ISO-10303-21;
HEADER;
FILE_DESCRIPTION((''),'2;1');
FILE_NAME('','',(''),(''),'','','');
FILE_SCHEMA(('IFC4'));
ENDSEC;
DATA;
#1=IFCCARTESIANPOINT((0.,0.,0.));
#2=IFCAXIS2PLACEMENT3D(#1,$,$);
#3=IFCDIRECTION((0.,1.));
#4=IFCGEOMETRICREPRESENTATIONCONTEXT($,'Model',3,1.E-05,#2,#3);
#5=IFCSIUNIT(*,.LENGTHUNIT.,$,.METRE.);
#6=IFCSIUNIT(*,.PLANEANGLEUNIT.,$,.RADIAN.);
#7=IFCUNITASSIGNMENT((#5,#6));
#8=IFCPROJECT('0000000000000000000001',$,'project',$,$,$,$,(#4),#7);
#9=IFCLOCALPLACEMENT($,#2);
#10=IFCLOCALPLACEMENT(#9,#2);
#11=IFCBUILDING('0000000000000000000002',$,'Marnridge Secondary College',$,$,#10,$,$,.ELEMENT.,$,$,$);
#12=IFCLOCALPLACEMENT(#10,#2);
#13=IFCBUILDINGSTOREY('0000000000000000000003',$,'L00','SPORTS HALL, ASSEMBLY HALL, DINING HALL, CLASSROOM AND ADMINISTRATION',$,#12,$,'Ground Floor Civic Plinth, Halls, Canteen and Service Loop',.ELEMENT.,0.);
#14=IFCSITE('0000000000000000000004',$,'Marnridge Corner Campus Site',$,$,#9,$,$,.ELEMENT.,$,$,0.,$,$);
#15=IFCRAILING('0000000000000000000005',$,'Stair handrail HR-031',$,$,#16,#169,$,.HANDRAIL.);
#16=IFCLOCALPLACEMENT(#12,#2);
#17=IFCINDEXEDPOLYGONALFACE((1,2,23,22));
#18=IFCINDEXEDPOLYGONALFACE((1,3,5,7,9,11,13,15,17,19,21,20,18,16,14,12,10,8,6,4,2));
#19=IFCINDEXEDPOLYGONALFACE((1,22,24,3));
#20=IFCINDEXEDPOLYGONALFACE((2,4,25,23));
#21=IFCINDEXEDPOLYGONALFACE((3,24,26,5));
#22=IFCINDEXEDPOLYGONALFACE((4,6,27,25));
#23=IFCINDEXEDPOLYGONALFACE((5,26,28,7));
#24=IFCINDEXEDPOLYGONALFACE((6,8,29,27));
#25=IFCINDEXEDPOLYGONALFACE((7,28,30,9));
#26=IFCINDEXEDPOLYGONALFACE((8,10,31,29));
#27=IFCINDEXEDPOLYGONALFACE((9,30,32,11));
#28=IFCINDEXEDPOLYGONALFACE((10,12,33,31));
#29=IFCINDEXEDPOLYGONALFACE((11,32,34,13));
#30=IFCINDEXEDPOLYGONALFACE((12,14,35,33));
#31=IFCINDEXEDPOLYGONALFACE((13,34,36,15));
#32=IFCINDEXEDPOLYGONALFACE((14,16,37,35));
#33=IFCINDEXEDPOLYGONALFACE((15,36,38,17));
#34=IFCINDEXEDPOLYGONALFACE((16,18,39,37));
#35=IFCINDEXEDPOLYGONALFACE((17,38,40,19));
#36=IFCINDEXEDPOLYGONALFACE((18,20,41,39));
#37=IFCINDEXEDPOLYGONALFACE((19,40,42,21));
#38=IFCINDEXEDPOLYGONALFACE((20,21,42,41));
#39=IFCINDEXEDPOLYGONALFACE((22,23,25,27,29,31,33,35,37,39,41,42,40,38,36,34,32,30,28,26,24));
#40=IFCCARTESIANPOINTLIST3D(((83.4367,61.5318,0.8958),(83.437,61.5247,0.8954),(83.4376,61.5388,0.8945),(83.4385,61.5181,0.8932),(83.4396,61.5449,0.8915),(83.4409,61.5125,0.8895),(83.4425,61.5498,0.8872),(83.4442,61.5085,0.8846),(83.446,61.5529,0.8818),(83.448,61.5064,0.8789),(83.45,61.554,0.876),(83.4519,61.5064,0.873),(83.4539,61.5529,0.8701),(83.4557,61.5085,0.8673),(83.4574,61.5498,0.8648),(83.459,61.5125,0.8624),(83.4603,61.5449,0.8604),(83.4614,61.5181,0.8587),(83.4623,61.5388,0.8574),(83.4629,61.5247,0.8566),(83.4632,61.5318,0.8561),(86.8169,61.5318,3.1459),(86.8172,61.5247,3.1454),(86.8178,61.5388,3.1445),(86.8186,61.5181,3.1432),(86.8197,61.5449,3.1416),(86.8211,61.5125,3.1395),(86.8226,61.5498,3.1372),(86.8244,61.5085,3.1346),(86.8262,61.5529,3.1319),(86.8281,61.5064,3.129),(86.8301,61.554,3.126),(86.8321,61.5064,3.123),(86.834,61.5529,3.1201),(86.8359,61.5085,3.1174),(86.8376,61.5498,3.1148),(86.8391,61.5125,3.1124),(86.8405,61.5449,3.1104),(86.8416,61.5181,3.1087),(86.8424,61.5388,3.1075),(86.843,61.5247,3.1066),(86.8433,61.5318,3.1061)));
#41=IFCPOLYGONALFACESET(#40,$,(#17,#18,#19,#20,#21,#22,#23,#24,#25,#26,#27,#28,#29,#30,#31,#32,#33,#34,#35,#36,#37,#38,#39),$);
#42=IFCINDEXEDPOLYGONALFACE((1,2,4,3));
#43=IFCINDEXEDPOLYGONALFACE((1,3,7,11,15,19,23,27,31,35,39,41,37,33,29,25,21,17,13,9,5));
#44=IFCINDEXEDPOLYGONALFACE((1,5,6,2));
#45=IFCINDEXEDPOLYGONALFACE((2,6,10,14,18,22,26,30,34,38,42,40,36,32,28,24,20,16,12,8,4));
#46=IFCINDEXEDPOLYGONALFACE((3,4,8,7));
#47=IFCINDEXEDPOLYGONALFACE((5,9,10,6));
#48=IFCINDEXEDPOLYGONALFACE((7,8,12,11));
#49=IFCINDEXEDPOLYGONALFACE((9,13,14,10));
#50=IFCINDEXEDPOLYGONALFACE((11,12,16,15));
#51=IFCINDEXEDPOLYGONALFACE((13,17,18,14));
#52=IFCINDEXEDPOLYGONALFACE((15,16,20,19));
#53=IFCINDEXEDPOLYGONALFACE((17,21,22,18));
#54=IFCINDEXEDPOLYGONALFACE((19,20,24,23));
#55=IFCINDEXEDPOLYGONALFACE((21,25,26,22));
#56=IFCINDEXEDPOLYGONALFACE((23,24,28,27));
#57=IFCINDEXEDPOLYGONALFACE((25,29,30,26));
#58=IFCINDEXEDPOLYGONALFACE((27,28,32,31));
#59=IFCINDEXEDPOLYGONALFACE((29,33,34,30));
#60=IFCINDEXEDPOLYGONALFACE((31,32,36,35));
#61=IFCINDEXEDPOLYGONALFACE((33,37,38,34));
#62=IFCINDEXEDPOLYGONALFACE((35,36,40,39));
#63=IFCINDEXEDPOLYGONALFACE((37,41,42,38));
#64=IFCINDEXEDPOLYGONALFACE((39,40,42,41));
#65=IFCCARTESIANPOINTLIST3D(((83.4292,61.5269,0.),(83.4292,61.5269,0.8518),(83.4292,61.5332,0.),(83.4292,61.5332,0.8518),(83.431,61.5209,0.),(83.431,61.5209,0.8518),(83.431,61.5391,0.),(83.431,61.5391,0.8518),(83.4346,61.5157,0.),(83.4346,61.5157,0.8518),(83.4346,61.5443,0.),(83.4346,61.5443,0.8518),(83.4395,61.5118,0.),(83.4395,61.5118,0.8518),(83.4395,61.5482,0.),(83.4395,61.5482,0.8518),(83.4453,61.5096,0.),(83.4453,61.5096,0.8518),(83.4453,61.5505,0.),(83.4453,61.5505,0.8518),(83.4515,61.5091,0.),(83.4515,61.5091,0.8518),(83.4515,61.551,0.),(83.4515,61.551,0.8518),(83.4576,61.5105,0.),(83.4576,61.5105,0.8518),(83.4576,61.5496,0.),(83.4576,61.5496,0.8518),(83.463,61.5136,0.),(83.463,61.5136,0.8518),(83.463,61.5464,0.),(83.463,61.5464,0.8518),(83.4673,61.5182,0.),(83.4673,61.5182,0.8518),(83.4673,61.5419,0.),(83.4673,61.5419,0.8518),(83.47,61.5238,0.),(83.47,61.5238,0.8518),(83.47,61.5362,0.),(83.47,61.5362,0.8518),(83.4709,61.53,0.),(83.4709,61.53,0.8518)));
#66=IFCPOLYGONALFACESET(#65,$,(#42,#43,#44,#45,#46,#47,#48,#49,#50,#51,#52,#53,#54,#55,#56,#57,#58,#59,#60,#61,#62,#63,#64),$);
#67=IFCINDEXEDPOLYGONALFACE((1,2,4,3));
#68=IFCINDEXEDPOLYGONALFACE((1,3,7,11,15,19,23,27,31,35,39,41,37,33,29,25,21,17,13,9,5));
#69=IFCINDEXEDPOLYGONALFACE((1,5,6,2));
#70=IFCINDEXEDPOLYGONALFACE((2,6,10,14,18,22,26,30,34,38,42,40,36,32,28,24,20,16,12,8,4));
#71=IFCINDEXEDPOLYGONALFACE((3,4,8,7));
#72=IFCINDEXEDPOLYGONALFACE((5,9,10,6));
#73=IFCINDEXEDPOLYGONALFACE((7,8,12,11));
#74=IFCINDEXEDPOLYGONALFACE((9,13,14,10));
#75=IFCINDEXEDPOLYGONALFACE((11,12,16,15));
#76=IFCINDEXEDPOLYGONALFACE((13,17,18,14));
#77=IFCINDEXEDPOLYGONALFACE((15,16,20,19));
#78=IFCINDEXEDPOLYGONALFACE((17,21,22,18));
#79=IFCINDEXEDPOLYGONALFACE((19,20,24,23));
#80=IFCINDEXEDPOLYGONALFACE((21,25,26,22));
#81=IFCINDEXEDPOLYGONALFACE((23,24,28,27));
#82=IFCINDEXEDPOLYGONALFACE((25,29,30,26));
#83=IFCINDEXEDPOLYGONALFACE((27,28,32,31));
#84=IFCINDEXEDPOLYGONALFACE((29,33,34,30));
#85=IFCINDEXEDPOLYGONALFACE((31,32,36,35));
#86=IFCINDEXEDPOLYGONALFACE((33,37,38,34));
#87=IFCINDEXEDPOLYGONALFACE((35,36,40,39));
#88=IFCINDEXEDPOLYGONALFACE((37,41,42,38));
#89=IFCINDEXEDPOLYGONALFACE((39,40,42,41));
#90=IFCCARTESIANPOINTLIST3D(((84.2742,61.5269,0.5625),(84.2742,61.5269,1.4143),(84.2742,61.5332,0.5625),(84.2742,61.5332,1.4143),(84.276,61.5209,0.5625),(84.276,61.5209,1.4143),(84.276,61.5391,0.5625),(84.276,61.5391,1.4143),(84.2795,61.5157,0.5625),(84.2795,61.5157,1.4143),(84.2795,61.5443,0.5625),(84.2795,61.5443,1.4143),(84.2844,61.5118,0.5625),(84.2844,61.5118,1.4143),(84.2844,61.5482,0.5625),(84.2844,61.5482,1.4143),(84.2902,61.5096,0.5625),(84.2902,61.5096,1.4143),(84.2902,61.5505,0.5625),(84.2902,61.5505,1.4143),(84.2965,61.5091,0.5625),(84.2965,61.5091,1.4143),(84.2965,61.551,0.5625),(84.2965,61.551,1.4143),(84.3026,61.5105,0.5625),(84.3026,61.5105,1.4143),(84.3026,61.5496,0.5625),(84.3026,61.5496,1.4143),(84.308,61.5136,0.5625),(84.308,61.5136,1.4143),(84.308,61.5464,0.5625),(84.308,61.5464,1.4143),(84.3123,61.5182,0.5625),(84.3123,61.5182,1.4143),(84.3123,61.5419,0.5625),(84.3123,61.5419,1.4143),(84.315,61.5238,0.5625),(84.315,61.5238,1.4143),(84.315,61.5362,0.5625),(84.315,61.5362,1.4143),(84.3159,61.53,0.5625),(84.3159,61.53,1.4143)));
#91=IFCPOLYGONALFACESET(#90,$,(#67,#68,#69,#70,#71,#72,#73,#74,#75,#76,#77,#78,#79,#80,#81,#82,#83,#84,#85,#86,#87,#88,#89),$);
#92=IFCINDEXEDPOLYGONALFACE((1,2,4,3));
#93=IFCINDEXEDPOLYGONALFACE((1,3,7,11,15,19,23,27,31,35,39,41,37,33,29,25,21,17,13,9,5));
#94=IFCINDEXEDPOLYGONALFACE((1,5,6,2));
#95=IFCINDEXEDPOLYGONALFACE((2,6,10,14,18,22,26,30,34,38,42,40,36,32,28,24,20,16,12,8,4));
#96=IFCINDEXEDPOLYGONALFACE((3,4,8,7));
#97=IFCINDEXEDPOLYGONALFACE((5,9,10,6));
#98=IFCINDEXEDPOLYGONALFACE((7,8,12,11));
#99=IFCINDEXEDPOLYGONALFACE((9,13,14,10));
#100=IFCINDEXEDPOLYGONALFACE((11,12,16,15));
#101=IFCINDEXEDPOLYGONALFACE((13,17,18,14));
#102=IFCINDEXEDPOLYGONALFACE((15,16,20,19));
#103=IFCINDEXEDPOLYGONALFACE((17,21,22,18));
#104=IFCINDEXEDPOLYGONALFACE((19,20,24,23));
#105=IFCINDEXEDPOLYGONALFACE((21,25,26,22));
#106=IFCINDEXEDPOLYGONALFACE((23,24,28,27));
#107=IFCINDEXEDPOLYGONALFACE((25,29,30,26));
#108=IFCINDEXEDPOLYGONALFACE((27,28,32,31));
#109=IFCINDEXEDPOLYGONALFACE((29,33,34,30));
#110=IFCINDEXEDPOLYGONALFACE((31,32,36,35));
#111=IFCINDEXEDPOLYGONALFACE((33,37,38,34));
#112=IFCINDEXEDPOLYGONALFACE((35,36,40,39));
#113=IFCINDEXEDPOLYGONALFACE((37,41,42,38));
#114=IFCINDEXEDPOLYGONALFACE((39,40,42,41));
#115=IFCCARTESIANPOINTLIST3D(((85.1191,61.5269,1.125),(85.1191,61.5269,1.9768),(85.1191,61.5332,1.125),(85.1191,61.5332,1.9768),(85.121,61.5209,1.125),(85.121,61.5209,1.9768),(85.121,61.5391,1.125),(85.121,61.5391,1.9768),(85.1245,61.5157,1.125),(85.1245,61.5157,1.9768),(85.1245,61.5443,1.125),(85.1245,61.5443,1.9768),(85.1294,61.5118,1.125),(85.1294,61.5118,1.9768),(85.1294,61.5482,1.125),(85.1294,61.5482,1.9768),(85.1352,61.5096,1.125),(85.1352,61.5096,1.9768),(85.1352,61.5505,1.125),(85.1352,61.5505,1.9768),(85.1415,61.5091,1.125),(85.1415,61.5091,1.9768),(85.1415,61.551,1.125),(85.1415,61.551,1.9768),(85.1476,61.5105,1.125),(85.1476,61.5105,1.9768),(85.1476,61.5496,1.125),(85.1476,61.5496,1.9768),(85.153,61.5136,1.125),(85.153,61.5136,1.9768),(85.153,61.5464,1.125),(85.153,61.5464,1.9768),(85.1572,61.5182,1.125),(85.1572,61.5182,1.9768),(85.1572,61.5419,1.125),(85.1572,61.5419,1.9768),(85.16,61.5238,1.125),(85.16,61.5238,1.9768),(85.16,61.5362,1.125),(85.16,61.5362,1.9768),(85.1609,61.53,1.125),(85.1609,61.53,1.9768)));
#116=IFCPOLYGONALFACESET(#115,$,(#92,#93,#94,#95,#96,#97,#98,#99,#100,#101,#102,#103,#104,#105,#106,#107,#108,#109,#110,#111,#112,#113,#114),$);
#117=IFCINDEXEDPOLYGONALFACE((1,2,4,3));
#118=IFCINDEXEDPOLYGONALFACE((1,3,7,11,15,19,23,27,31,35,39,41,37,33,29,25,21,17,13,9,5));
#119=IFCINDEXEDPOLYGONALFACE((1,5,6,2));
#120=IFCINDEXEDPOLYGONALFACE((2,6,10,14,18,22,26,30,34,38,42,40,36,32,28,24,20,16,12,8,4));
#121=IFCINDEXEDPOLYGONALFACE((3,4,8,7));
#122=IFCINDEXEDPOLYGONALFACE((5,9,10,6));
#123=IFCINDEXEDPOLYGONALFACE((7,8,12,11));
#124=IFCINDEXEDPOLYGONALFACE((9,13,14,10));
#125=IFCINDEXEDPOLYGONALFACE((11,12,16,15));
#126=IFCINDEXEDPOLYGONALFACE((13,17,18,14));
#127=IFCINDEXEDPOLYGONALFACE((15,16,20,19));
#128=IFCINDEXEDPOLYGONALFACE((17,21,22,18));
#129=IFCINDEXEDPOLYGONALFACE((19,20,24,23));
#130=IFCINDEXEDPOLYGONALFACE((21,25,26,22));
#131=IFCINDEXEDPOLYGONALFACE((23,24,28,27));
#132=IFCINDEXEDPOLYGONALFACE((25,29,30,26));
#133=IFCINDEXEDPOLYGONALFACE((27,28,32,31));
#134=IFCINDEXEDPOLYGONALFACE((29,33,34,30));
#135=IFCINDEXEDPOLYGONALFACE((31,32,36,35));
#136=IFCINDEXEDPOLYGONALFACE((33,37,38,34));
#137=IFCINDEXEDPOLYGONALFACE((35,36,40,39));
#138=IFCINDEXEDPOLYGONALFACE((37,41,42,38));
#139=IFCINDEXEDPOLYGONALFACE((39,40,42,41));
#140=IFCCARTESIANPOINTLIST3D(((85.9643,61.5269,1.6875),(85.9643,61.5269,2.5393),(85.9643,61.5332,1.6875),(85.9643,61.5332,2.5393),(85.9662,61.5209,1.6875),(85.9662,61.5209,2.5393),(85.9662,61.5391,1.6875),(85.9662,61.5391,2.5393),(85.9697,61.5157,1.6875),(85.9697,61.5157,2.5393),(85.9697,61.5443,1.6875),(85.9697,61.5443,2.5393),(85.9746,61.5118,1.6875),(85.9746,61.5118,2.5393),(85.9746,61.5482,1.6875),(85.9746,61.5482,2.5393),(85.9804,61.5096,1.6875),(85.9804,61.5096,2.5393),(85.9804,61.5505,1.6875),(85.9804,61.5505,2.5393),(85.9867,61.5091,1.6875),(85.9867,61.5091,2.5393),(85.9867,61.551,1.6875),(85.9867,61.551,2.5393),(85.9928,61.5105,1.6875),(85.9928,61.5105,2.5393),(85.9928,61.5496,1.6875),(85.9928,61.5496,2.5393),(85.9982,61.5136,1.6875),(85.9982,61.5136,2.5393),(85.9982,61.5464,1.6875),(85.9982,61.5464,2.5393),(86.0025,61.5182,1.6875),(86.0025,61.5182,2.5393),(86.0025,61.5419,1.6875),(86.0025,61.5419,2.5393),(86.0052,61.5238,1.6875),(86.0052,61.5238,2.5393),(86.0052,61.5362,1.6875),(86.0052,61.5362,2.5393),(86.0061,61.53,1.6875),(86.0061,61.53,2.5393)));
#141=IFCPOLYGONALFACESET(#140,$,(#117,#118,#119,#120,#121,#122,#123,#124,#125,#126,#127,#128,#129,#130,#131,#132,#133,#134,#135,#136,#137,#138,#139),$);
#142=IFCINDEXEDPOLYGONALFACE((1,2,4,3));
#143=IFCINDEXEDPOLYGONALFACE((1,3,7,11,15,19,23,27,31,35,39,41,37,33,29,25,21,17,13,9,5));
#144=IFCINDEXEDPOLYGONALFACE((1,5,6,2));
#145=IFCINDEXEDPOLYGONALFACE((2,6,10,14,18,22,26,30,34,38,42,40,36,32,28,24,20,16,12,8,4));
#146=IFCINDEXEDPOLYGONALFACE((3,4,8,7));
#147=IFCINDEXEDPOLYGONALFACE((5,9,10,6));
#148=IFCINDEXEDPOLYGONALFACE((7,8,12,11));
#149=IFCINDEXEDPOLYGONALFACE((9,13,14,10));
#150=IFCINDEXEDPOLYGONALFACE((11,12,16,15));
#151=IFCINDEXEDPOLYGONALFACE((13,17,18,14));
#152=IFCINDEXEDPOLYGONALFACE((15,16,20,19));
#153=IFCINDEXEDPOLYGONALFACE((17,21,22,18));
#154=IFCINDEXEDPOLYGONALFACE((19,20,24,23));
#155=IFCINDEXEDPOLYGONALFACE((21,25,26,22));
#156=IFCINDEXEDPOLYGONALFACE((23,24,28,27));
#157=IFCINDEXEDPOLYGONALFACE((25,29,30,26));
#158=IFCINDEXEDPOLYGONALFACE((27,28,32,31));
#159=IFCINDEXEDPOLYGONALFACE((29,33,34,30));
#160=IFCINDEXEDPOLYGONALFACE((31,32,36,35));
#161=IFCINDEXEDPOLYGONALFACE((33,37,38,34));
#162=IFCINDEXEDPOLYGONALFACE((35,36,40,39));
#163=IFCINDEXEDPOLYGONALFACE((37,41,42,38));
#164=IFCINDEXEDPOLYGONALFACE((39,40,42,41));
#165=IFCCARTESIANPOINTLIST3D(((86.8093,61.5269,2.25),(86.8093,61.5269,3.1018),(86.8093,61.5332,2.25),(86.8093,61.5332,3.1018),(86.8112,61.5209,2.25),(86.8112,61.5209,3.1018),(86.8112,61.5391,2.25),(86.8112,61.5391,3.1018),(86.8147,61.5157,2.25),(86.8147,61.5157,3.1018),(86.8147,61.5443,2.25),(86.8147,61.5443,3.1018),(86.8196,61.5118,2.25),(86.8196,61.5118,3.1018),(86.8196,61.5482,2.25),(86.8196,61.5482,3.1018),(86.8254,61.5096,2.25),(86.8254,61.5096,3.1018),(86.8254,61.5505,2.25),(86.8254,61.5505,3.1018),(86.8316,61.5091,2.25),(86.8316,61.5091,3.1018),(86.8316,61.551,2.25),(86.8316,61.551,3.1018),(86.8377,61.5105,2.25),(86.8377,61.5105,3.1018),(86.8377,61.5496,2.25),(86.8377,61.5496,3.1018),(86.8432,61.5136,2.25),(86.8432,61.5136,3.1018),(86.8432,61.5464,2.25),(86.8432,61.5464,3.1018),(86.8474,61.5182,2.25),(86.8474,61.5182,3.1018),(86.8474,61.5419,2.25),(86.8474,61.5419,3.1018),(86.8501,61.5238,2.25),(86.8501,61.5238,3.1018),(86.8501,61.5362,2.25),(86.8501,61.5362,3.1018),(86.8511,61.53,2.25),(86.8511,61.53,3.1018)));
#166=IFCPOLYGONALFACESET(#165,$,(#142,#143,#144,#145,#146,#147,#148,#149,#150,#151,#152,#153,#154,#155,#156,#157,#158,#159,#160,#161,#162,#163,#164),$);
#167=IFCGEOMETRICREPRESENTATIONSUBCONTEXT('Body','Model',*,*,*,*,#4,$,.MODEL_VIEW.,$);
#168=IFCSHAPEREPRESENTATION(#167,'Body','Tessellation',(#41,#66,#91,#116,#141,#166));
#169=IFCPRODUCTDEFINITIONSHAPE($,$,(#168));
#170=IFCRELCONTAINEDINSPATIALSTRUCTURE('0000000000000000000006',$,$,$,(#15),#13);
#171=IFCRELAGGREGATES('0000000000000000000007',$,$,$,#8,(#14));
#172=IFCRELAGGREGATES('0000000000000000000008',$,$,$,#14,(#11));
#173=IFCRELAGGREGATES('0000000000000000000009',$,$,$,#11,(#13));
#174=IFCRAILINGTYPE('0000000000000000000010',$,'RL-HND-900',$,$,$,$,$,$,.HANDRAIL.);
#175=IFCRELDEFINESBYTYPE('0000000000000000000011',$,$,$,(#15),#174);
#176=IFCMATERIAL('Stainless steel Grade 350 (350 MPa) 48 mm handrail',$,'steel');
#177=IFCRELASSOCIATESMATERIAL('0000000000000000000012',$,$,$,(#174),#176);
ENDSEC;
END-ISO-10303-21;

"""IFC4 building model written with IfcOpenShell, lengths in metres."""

from ifc_helpers import new_model, si_unit, direction, frame, origin, origin_2d, place, context, subcontext, project, spatial, circle, extrude, material, type_object, element, save


model = new_model("IFC4")

# Units and contexts
model_context = context("Model", 3, precision=1e-05, world=origin(), true_north=direction((0.0, 1.0)))
body_context = subcontext(model_context, "Body", "Model", "MODEL_VIEW")
ifc_project = project(units=[si_unit("LENGTHUNIT", "METRE"), si_unit("PLANEANGLEUNIT", "RADIAN")], contexts=[model_context])

# Site, building, storey
site_placement = place(None, origin())
site = spatial("IfcSite", under=ifc_project, at=site_placement, Name="Marnridge Corner Campus Site", CompositionType="ELEMENT", RefElevation=0.0)
building_placement = place(site_placement, origin())
building = spatial("IfcBuilding", under=site, at=building_placement, Name="Marnridge Secondary College", CompositionType="ELEMENT")
storey_placement = place(building_placement, origin())
storey = spatial("IfcBuildingStorey", under=building, at=storey_placement, Name="L00", Description="SPORTS HALL, ASSEMBLY HALL, DINING HALL, CLASSROOM AND ADMINISTRATION", LongName="Ground Floor Civic Plinth, Halls, Canteen and Service Loop", CompositionType="ELEMENT", Elevation=0.0)

# Railing
ifc_material_1 = material(Name="Stainless steel Grade 350 (350 MPa) 48 mm handrail", Category="steel")
railing_type_1 = type_object("IfcRailingType", Name="RL-HND-900", PredefinedType="HANDRAIL", material=ifc_material_1)
for number, where, name in (
    (1, (83.45, 61.53, 0.0), "Stair handrail HR-031"),
):
    element("IfcRailing", number, at=place(storey_placement, frame(where)), inside=storey, type_object=railing_type_1, Name=name, PredefinedType="HANDRAIL", context=body_context, shape_type="SweptSolid", body=[
        extrude(circle(Radius=0.0239, at=origin_2d()), frame((0.0, 0.0, 0.876), z_axis=(0.832439, 0.0, 0.554117), x_axis=(0.0, 1.0, 0.0)), (0.0, 0.0, 1.0), 4.0605),
        extrude(circle(Radius=0.021, at=origin_2d()), origin(), (0.0, 0.0, 1.0), 0.8518),
        extrude(circle(Radius=0.021, at=origin_2d()), frame((0.845, 0.0, 0.5625)), (0.0, 0.0, 1.0), 0.8518),
        extrude(circle(Radius=0.021, at=origin_2d()), frame((1.6899, 0.0, 1.125)), (0.0, 0.0, 1.0), 0.8518),
        extrude(circle(Radius=0.021, at=origin_2d()), frame((2.5352, 0.0, 1.6875)), (0.0, 0.0, 1.0), 0.8518),
        extrude(circle(Radius=0.021, at=origin_2d()), frame((3.3801, 0.0, 2.25)), (0.0, 0.0, 1.0), 0.8518),
    ])

save(model, "model.ifc")
